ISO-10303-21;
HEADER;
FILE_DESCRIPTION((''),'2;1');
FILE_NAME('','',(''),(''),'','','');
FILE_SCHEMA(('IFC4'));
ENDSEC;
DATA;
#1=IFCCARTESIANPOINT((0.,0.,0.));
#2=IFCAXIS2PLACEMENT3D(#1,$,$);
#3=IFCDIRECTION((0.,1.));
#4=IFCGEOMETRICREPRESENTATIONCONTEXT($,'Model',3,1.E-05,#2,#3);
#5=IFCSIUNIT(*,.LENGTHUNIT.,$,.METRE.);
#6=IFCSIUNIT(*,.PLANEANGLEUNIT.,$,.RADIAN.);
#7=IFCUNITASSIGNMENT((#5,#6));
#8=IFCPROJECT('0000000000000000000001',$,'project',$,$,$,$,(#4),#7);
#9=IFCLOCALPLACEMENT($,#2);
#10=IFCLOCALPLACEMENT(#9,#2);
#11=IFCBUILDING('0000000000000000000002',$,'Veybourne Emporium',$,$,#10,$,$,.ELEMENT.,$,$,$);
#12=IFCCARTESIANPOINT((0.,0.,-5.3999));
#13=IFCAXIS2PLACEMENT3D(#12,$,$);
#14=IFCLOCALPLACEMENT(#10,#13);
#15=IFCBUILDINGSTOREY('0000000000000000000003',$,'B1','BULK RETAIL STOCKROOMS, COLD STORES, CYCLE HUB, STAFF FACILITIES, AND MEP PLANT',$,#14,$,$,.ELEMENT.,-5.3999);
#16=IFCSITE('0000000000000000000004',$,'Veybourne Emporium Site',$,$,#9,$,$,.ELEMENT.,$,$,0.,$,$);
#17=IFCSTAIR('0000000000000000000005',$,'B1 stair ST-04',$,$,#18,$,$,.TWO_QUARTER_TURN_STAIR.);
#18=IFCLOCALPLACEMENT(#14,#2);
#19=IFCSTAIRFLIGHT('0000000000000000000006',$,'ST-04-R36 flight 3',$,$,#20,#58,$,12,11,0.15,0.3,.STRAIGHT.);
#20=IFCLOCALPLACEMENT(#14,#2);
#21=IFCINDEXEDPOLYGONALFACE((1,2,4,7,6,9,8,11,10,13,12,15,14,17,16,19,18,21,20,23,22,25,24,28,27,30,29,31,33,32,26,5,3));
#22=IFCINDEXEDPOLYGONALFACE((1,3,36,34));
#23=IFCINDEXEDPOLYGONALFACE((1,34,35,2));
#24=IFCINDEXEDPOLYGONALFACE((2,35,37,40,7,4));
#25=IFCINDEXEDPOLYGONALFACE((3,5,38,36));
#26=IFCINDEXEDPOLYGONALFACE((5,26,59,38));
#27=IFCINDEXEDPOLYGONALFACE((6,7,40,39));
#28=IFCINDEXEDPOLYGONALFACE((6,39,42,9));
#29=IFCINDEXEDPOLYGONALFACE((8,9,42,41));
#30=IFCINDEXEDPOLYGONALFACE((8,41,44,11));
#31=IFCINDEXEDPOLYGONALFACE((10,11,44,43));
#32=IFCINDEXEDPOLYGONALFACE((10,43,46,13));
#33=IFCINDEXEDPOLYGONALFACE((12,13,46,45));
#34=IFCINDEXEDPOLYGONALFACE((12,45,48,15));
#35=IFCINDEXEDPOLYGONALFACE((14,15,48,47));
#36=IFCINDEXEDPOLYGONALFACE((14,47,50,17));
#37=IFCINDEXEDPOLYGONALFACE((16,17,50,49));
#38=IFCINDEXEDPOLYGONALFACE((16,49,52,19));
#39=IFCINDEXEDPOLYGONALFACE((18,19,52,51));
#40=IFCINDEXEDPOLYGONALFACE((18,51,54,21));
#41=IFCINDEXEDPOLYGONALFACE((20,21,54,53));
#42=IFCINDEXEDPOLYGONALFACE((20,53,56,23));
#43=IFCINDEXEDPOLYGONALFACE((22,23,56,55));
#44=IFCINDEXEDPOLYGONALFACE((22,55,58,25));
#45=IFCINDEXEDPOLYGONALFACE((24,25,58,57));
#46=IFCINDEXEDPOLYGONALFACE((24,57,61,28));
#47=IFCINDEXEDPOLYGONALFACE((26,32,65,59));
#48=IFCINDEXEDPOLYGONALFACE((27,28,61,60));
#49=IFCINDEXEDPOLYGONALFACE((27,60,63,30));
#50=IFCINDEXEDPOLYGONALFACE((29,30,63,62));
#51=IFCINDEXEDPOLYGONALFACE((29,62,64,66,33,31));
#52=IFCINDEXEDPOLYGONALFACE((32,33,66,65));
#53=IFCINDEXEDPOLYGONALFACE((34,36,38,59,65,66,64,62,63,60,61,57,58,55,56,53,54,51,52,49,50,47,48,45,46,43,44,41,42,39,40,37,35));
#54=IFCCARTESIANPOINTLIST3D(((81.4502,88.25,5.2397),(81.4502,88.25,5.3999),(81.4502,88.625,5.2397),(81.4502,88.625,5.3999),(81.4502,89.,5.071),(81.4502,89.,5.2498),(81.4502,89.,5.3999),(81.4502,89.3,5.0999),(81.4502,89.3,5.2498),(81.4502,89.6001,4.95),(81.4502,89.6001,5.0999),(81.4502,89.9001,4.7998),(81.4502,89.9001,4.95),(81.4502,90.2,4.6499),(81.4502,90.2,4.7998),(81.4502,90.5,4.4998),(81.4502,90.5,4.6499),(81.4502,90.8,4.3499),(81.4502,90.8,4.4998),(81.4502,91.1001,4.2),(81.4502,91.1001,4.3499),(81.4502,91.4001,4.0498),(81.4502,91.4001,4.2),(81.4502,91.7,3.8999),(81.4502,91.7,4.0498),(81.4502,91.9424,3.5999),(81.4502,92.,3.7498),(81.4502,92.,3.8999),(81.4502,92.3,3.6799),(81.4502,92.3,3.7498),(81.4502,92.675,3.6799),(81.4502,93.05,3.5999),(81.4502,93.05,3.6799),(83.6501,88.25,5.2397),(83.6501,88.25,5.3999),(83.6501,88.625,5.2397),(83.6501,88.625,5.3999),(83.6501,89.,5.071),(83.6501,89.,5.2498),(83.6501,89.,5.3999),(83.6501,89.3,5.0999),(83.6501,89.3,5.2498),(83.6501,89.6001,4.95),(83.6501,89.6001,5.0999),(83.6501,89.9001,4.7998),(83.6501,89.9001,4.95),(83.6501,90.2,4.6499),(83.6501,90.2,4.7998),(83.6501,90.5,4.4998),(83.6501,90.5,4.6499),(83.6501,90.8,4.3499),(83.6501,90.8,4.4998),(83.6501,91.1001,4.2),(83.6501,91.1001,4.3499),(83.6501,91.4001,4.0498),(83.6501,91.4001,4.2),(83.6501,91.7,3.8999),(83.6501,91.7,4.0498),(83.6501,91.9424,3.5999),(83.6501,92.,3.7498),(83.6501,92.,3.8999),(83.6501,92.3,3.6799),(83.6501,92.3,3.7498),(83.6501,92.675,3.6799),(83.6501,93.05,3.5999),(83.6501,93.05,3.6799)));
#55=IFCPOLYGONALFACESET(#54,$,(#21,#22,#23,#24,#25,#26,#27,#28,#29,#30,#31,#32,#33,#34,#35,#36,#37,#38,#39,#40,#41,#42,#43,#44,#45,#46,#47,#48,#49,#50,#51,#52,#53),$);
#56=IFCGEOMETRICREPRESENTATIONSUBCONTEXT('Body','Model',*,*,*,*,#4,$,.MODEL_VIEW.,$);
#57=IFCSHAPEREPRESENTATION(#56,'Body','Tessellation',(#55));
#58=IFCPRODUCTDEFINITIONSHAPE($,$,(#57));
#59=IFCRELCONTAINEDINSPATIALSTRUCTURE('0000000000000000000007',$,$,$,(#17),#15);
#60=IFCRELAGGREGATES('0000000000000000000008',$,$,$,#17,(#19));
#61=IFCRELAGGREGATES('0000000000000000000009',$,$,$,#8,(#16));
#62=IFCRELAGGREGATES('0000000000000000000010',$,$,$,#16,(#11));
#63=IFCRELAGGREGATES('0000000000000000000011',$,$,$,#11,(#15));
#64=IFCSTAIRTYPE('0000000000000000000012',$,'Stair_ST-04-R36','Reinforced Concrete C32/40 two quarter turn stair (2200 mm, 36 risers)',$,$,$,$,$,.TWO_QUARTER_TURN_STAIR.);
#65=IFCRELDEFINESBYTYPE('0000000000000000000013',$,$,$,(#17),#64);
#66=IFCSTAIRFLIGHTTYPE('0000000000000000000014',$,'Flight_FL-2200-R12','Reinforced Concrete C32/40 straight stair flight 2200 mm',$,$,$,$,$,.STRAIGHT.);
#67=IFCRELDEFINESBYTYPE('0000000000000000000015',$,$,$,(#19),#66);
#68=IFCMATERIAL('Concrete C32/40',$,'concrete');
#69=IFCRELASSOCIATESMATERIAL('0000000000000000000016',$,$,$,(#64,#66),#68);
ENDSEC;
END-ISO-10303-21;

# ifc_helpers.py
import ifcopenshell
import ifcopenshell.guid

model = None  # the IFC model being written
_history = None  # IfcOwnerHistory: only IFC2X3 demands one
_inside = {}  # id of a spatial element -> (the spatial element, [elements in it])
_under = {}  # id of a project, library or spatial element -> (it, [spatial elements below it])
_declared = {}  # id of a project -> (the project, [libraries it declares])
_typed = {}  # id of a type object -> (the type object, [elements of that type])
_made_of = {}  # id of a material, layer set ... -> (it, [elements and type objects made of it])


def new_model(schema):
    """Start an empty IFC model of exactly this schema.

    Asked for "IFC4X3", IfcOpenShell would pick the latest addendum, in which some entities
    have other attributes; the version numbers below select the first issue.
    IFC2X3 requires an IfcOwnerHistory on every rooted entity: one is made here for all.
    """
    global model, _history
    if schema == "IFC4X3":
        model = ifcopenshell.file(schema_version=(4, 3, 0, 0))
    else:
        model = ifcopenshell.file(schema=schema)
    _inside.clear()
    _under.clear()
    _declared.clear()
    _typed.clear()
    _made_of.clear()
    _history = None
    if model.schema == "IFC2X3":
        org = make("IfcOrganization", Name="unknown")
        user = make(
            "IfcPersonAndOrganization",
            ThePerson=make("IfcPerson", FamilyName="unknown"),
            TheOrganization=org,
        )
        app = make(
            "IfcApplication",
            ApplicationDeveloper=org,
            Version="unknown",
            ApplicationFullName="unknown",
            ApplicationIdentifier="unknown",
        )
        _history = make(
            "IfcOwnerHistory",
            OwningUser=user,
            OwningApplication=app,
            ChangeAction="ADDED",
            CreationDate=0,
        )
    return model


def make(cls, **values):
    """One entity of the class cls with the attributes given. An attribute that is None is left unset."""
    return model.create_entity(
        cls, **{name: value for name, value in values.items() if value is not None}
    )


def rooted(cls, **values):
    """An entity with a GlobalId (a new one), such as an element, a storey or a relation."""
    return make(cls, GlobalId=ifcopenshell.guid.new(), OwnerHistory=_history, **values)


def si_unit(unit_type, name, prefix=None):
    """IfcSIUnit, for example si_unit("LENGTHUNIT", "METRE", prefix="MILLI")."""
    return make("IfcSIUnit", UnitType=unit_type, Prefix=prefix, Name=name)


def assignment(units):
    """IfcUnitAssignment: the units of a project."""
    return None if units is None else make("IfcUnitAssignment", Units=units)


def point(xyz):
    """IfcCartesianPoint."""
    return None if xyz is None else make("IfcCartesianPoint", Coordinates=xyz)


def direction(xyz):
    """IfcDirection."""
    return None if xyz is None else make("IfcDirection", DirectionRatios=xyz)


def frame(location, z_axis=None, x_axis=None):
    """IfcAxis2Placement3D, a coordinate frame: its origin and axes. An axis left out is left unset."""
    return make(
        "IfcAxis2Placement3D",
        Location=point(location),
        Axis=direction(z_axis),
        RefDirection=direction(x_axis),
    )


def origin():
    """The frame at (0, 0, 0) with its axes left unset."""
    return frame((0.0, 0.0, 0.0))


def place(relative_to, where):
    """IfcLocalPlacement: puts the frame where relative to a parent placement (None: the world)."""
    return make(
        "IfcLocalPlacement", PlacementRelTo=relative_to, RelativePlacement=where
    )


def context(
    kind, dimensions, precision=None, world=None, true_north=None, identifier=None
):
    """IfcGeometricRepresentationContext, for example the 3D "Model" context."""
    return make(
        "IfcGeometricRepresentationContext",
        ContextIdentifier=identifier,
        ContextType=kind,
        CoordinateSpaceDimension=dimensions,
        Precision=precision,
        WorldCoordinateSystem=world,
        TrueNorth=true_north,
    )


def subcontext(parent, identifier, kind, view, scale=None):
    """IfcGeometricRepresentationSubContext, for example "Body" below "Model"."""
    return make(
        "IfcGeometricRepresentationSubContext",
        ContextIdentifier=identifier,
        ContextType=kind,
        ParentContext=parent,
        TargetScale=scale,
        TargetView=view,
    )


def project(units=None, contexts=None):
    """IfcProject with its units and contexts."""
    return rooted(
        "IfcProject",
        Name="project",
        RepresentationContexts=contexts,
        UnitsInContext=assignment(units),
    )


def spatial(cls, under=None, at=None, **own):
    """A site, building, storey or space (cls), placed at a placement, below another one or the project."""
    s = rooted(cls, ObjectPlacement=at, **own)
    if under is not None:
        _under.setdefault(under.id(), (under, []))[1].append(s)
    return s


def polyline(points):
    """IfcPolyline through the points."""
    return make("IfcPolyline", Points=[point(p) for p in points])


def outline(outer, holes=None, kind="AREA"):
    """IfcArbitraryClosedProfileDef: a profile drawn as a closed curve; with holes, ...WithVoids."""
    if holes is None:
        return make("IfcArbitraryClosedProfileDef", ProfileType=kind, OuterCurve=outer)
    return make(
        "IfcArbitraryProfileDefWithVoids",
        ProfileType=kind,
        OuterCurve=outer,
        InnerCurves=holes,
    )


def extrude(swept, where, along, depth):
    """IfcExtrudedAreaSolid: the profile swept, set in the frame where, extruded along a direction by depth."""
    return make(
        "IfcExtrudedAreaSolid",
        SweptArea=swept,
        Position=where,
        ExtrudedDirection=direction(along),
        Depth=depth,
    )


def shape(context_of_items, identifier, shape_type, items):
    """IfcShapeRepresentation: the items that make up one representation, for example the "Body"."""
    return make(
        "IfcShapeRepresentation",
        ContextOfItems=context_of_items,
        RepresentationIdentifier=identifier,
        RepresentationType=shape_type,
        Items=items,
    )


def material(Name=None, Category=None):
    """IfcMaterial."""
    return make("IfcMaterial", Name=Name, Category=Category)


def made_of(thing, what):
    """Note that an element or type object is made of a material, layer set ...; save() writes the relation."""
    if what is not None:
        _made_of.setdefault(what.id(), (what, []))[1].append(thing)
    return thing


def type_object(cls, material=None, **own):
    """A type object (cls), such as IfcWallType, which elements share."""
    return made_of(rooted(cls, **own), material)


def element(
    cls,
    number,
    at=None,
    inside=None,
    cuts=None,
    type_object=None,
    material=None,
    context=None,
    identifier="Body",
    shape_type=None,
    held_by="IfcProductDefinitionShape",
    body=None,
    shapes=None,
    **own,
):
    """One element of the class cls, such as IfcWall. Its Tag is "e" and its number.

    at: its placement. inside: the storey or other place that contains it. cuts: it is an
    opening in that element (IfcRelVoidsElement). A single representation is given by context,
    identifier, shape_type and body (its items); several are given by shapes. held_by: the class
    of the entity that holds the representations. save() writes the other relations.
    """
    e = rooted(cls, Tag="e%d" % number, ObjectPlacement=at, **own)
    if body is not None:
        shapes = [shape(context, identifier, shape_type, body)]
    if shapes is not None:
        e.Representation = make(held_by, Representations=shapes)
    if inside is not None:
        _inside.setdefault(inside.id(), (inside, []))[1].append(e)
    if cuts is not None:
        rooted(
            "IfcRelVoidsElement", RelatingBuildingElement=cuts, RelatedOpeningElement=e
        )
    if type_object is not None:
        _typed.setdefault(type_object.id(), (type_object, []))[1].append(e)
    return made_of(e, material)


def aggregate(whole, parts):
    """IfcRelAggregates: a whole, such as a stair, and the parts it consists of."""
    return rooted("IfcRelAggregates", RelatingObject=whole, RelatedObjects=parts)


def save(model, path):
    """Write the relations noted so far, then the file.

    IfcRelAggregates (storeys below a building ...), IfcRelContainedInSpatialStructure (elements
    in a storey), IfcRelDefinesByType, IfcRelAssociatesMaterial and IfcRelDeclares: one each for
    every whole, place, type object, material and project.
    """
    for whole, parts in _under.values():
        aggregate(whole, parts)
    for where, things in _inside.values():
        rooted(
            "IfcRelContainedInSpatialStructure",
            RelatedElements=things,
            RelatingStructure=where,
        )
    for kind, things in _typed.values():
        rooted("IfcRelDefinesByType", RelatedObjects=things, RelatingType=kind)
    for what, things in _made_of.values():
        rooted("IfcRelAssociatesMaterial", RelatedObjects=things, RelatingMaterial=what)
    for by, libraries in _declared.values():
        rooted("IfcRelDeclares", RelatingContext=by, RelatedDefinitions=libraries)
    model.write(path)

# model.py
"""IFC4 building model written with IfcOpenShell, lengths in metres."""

from ifc_helpers import new_model, si_unit, direction, frame, origin, place, context, subcontext, project, spatial, polyline, outline, extrude, material, type_object, element, aggregate, save


model = new_model("IFC4")

# Units and contexts
model_context = context("Model", 3, precision=1e-05, world=origin(), true_north=direction((0.0, 1.0)))
body_context = subcontext(model_context, "Body", "Model", "MODEL_VIEW")
ifc_project = project(units=[si_unit("LENGTHUNIT", "METRE"), si_unit("PLANEANGLEUNIT", "RADIAN")], contexts=[model_context])

# Site, building, storey
site_placement = place(None, origin())
site = spatial("IfcSite", under=ifc_project, at=site_placement, Name="Veybourne Emporium Site", CompositionType="ELEMENT", RefElevation=0.0)
building_placement = place(site_placement, origin())
building = spatial("IfcBuilding", under=site, at=building_placement, Name="Veybourne Emporium", CompositionType="ELEMENT")
storey_placement = place(building_placement, frame((0.0, 0.0, -5.3999)))
storey = spatial("IfcBuildingStorey", under=building, at=storey_placement, Name="B1", Description="BULK RETAIL STOCKROOMS, COLD STORES, CYCLE HUB, STAFF FACILITIES, AND MEP PLANT", CompositionType="ELEMENT", Elevation=-5.3999)

# Shared definitions
ifc_material_1 = material(Name="Concrete C32/40", Category="concrete")

# Stair, stair flight
stair_type = type_object("IfcStairType", Name="Stair_ST-04-R36", Description="Reinforced Concrete C32/40 two quarter turn stair (2200 mm, 36 risers)", PredefinedType="TWO_QUARTER_TURN_STAIR", material=ifc_material_1)
stair_placement = place(storey_placement, origin())
stair = element("IfcStair", 1, at=stair_placement, inside=storey, type_object=stair_type, Name="B1 stair ST-04", PredefinedType="TWO_QUARTER_TURN_STAIR")
stair_flight_type = type_object("IfcStairFlightType", Name="Flight_FL-2200-R12", Description="Reinforced Concrete C32/40 straight stair flight 2200 mm", PredefinedType="STRAIGHT", material=ifc_material_1)
stair_flight_1_placement = place(storey_placement, frame((82.55, 92.3, 3.5999), z_axis=(0.0, 0.0, 1.0), x_axis=(0.0, -1.0, 0.0)))
stair_flight_1 = element("IfcStairFlight", 2, at=stair_flight_1_placement, type_object=stair_flight_type, Name="ST-04-R36 flight 3", NumberOfRisers=12, NumberOfTreads=11, PredefinedType="STRAIGHT", RiserHeight=0.15, TreadLength=0.3, context=body_context, shape_type="SweptSolid", body=[
    extrude(outline(polyline([(-0.75, 0.0), (-0.75, 0.0801), (-0.375, 0.0801), (0.0, 0.0801), (0.0, 0.1499), (0.3, 0.1499), (0.3, 0.3), (0.6001, 0.3), (0.6001, 0.45), (0.8999, 0.45), (0.8999, 0.6001), (1.2, 0.6001), (1.2, 0.75), (1.5, 0.75), (1.5, 0.8999), (1.8, 0.8999), (1.8, 1.05), (2.1001, 1.05), (2.1001, 1.2), (2.3999, 1.2), (2.3999, 1.3501), (2.7, 1.3501), (2.7, 1.5), (3.0, 1.5), (3.0, 1.6499), (3.3, 1.6499), (3.3, 1.8), (3.675, 1.8), (4.05, 1.8), (4.05, 1.6399), (3.675, 1.6399), (3.3, 1.4712), (0.3577, 0.0), (-0.75, 0.0)])), frame((0.0, 1.1001, 0.0), z_axis=(0.0, -1.0, 0.0), x_axis=(1.0, 0.0, 0.0)), (0.0, 0.0, 1.0), 2.2),
])
aggregate(stair, [stair_flight_1])

save(model, "model.ifc")
